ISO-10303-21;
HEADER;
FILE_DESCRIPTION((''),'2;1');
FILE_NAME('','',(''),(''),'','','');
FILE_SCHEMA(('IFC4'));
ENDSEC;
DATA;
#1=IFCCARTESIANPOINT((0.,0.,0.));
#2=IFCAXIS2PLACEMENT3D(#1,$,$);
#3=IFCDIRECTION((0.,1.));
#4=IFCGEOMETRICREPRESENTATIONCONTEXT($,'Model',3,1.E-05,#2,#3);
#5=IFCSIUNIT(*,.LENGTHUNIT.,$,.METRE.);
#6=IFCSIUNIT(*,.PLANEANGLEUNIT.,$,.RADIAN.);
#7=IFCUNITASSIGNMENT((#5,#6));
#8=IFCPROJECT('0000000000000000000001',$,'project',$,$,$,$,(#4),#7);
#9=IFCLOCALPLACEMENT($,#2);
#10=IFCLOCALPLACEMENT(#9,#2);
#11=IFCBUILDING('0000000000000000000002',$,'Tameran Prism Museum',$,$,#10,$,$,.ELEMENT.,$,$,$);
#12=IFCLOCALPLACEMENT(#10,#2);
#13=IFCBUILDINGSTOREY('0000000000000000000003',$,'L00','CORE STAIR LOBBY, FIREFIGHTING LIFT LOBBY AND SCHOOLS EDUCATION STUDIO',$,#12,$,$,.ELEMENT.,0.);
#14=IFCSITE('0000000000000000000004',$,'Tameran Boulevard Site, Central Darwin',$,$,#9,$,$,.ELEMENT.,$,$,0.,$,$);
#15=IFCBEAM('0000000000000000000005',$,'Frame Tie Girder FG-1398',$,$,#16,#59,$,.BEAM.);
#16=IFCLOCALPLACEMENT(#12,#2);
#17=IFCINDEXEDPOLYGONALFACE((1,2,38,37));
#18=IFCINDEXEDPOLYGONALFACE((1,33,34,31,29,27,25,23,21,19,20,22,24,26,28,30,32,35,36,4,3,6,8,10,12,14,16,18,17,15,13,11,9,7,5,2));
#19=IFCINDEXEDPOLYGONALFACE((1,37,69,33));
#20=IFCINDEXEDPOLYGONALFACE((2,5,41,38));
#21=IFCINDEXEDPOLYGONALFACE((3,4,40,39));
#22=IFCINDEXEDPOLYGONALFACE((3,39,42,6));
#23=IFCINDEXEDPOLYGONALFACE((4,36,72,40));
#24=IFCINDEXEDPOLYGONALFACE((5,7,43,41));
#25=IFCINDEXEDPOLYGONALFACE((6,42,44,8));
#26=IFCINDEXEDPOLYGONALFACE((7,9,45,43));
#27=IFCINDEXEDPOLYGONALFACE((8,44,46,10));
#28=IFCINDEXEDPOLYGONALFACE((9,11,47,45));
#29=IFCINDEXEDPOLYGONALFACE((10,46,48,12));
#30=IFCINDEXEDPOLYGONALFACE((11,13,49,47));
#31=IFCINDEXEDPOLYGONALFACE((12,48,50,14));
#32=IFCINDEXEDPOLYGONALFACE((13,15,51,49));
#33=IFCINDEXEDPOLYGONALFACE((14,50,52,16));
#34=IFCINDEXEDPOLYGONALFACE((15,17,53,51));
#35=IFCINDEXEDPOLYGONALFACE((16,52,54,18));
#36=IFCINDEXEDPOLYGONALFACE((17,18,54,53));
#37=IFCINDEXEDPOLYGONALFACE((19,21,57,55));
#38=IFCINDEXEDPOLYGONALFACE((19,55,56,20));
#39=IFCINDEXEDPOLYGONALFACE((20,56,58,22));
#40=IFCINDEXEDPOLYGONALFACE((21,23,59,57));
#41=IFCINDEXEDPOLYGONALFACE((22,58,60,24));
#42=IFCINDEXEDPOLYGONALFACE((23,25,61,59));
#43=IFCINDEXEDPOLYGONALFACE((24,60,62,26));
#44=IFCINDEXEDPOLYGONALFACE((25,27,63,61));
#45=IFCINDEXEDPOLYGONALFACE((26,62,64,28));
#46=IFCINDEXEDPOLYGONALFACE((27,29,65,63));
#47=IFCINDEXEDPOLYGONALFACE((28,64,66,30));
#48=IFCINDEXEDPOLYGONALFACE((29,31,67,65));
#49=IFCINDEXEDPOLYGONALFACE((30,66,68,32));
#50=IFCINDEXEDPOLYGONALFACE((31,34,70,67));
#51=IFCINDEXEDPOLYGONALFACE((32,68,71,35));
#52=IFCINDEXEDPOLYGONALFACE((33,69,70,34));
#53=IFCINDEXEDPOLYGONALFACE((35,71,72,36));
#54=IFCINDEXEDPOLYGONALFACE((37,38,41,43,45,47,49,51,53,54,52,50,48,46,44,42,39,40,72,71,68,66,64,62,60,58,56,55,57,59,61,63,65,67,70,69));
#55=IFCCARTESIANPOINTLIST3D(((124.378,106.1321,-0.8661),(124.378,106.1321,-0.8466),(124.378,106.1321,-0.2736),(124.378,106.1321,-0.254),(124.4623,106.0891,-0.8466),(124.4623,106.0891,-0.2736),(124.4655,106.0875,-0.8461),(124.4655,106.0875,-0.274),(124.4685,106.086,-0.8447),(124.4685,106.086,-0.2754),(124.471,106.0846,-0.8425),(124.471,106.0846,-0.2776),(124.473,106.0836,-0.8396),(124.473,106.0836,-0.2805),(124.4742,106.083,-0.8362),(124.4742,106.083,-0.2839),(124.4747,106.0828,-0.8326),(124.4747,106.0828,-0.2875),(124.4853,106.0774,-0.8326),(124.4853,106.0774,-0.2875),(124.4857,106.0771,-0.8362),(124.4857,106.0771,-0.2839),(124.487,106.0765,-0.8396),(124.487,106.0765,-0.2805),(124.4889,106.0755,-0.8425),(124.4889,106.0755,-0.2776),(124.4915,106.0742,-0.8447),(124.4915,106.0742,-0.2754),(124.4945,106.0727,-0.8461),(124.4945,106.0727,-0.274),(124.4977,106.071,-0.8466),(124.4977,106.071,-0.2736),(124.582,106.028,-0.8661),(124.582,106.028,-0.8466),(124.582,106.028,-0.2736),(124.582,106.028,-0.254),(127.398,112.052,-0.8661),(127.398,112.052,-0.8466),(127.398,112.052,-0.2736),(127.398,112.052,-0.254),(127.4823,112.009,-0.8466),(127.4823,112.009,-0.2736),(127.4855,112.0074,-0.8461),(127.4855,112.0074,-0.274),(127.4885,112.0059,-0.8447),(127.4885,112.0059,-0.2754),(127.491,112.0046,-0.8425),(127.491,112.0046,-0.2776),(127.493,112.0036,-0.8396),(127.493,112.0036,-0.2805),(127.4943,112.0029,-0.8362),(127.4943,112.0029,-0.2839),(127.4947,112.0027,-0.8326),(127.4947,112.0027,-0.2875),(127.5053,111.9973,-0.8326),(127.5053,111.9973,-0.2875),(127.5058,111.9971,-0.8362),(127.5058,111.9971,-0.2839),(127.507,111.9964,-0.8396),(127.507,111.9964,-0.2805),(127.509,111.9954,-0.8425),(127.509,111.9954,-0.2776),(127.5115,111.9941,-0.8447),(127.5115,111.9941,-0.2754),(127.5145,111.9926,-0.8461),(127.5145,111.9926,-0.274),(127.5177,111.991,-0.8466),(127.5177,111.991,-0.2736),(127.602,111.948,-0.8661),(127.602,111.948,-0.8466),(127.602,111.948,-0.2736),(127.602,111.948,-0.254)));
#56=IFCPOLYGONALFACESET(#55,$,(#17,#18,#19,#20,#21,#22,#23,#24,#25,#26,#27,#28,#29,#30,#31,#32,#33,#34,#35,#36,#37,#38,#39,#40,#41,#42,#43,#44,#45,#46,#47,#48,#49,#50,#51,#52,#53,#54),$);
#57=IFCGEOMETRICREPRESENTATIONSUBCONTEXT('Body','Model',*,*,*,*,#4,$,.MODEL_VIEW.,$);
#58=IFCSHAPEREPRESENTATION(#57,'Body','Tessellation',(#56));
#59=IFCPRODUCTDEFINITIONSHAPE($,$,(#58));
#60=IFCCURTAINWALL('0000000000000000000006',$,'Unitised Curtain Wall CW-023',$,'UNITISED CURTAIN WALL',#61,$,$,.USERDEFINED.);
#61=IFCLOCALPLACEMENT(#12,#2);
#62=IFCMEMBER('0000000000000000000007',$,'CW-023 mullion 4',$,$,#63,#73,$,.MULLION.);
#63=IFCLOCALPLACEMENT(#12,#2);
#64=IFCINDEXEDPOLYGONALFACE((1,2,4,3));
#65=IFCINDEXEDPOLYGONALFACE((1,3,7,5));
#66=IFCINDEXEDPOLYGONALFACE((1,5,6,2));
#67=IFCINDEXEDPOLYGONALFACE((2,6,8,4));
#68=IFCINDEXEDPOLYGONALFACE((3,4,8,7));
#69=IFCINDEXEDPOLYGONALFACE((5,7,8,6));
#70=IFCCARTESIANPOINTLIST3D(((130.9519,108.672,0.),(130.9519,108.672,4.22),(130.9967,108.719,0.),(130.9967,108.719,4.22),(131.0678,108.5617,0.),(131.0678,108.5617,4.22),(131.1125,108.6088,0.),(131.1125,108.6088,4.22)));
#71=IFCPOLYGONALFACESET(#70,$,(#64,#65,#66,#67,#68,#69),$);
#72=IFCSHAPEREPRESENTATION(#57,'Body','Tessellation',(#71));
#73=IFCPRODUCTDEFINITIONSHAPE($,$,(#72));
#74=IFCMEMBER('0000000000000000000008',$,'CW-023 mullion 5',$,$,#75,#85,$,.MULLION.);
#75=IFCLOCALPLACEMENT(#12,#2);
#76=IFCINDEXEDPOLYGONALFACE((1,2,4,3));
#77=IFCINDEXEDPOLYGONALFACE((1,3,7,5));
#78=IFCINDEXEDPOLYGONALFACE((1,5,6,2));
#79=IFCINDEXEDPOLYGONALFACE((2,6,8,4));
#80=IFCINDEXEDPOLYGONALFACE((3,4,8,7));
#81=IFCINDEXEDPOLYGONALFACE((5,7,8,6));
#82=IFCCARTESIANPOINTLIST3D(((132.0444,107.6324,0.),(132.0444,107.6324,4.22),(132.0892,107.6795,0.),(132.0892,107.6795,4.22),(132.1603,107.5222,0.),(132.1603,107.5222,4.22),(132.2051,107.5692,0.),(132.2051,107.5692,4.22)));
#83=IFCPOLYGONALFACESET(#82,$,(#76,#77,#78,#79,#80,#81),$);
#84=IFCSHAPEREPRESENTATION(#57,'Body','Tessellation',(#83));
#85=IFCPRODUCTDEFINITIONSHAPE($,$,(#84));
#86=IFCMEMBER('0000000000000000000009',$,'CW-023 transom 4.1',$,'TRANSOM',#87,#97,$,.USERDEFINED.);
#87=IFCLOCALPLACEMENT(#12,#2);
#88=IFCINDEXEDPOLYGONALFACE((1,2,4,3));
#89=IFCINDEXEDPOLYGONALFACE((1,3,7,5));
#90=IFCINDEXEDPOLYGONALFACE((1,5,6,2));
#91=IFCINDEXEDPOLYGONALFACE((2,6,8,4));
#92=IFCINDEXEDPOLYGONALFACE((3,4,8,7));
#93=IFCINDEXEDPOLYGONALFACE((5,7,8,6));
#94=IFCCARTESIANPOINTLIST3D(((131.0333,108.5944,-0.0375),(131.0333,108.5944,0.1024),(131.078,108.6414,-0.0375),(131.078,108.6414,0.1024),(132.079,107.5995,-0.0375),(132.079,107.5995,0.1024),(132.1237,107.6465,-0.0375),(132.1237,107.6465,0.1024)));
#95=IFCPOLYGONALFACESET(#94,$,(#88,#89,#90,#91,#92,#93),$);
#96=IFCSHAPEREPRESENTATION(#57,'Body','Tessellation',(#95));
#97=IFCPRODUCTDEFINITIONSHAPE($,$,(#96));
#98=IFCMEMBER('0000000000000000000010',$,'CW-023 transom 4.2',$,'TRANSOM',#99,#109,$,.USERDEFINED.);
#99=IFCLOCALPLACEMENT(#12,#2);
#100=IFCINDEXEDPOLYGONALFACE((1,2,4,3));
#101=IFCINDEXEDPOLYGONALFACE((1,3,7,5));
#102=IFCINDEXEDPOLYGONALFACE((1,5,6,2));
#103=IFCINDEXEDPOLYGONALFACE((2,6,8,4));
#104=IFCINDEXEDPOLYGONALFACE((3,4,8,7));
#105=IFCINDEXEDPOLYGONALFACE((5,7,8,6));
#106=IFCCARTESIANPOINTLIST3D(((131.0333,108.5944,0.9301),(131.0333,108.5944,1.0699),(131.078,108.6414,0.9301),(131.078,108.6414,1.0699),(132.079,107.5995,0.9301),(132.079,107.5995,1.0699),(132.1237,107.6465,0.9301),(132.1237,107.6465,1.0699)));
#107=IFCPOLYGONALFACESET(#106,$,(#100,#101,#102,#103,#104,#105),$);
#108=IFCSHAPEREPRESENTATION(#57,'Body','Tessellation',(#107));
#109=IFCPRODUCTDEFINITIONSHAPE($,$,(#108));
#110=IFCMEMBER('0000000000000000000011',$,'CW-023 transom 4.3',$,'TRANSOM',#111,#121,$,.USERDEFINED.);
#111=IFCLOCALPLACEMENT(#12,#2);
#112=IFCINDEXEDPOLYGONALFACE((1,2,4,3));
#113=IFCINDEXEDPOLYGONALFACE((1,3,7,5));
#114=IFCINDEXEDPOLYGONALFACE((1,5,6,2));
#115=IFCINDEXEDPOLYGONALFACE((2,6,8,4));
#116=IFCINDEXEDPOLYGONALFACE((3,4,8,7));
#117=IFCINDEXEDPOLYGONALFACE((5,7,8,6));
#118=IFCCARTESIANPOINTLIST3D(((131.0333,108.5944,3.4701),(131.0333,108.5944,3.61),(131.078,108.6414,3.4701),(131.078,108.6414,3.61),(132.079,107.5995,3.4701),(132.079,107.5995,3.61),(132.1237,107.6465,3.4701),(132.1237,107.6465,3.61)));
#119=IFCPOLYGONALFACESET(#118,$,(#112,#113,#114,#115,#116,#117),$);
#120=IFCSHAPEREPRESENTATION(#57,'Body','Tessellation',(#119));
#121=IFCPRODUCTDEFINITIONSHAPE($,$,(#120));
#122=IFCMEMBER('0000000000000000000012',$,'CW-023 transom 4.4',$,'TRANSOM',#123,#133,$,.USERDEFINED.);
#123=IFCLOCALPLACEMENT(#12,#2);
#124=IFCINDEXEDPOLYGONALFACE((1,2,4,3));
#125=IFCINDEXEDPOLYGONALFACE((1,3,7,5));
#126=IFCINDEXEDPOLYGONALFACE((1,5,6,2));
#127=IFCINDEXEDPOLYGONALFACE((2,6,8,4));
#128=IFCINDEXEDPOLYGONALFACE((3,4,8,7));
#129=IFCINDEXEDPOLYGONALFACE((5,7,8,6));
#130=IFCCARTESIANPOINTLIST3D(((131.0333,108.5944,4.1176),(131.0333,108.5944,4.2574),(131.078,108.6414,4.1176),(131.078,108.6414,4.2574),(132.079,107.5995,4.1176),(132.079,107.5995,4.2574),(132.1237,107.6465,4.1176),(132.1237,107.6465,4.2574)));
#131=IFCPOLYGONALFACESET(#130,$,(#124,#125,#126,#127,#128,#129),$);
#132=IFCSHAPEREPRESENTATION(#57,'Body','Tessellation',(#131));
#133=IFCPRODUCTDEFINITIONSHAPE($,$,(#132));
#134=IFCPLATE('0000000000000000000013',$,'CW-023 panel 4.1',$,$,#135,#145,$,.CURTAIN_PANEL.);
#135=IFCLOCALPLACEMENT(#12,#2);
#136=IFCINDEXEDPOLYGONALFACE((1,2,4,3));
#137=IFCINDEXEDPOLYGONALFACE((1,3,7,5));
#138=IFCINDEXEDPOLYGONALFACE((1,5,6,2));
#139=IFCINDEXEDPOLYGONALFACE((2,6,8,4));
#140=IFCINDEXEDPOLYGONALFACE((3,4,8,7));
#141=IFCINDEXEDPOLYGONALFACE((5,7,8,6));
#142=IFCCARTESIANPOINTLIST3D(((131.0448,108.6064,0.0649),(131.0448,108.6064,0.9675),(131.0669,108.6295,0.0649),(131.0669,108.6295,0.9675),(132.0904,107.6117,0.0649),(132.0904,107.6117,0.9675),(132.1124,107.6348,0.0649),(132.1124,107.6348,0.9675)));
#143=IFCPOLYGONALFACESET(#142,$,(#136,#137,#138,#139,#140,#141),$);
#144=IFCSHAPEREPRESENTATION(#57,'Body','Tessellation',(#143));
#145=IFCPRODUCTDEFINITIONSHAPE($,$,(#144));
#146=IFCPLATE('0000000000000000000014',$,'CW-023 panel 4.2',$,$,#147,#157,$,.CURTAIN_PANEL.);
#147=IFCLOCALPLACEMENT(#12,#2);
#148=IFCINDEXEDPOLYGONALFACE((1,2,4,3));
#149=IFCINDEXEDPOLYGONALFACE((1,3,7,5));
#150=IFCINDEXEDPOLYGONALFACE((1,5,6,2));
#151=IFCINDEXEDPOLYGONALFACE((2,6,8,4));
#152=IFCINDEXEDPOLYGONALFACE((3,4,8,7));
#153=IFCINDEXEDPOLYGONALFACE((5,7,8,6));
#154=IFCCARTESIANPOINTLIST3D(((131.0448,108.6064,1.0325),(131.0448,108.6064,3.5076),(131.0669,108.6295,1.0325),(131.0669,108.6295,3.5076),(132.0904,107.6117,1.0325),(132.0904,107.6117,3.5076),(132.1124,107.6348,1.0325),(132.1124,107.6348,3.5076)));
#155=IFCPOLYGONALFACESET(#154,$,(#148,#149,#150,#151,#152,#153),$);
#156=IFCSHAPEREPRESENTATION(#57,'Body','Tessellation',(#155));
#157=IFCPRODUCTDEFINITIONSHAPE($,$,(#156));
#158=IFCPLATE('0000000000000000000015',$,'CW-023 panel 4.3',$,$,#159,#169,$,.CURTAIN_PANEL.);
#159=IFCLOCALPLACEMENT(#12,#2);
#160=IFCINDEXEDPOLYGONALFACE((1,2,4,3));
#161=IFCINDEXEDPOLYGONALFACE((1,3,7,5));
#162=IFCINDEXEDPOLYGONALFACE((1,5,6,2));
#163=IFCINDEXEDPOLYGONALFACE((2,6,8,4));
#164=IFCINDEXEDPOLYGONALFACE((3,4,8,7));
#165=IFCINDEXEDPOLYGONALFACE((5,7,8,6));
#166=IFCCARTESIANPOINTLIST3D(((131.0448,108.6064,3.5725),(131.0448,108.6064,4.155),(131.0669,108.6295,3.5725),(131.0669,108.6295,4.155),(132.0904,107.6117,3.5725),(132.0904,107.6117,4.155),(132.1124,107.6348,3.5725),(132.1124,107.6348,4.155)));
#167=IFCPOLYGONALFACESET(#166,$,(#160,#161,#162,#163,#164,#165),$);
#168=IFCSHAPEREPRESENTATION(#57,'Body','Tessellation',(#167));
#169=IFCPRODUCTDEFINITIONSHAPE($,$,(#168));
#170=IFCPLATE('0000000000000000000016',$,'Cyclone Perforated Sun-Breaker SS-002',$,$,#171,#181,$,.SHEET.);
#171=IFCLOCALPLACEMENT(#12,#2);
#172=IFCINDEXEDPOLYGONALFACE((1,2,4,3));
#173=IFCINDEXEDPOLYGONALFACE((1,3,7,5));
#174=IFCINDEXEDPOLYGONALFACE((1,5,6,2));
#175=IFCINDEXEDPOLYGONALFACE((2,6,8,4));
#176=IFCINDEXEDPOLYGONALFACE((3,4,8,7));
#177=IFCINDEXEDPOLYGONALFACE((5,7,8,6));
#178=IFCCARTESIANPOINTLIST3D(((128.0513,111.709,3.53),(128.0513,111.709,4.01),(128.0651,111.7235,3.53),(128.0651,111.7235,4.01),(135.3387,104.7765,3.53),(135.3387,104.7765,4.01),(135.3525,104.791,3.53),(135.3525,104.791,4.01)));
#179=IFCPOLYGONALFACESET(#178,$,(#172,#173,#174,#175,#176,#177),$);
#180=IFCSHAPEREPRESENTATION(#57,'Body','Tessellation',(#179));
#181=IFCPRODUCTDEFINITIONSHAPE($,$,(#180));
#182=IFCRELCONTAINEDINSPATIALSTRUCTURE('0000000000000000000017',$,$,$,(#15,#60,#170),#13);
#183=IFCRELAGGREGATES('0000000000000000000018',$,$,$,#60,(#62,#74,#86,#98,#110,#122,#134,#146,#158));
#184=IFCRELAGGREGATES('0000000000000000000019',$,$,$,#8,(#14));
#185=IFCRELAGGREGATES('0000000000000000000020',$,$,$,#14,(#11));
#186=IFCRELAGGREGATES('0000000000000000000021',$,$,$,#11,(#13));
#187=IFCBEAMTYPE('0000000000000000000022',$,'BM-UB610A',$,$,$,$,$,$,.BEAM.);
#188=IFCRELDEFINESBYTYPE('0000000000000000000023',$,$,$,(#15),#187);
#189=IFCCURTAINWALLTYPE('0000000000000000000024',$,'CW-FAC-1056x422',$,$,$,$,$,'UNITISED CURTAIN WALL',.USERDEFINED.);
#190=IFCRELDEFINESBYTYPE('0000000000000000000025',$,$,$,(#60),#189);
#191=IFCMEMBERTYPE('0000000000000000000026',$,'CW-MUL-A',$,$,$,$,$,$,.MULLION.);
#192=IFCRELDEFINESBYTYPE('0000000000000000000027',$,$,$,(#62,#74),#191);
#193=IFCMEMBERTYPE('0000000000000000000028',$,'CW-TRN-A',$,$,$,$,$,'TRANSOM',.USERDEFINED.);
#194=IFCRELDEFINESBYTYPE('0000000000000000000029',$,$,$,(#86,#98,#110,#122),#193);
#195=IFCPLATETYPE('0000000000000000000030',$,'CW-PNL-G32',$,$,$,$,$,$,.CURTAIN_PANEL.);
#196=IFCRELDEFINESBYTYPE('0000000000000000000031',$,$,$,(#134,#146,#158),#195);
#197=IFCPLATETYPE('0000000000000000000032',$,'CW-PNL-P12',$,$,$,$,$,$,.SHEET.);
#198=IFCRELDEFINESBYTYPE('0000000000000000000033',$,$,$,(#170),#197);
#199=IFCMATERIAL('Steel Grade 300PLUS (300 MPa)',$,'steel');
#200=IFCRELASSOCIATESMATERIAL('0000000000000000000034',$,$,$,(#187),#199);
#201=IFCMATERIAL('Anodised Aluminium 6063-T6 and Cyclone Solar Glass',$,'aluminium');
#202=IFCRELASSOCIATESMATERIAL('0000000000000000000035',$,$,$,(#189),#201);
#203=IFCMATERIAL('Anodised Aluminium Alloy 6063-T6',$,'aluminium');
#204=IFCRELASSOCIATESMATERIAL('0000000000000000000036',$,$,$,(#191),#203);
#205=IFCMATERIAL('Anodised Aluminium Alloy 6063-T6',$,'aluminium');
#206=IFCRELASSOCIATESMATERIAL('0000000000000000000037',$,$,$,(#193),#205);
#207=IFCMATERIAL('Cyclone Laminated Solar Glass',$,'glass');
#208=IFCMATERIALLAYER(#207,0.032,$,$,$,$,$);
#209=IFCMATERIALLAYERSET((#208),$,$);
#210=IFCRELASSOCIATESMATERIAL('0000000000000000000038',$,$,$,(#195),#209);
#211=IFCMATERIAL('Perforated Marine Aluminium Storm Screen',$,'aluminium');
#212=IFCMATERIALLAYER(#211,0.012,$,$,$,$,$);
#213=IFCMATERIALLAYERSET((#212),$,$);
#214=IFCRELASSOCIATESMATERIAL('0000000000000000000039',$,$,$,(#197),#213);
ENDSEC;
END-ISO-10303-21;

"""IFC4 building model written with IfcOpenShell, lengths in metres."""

from ifc_helpers import new_model, si_unit, direction, frame, origin, origin_2d, place, context, subcontext, project, spatial, rectangle, i_section, extrude, material, layer, layer_set, material_profile, profile_set, type_object, element, aggregate, save


model = new_model("IFC4")

# Units and contexts
model_context = context("Model", 3, precision=1e-05, world=origin(), true_north=direction((0.0, 1.0)))
body_context = subcontext(model_context, "Body", "Model", "MODEL_VIEW")
ifc_project = project(units=[si_unit("LENGTHUNIT", "METRE"), si_unit("PLANEANGLEUNIT", "RADIAN")], contexts=[model_context])

# Site, building, storey
site_placement = place(None, origin())
site = spatial("IfcSite", under=ifc_project, at=site_placement, Name="Tameran Boulevard Site, Central Darwin", CompositionType="ELEMENT", RefElevation=0.0)
building_placement = place(site_placement, origin())
building = spatial("IfcBuilding", under=site, at=building_placement, Name="Tameran Prism Museum", CompositionType="ELEMENT")
storey_placement = place(building_placement, origin())
storey = spatial("IfcBuildingStorey", under=building, at=storey_placement, Name="L00", Description="CORE STAIR LOBBY, FIREFIGHTING LIFT LOBBY AND SCHOOLS EDUCATION STUDIO", CompositionType="ELEMENT", Elevation=0.0)

# Beam
ifc_material_1 = material(Name="Steel Grade 300PLUS (300 MPa)", Category="steel")
ifc_material_profile_1 = material_profile(ifc_material_1, i_section(OverallWidth=0.229, OverallDepth=0.6121, WebThickness=0.012, FlangeThickness=0.0195, FilletRadius=0.0139, at=origin_2d()))
ifc_profile_set_1 = profile_set([ifc_material_profile_1])
beam_type_1 = type_object("IfcBeamType", Name="BM-UB610A", PredefinedType="BEAM", material=ifc_profile_set_1)
beam_1_placement = place(storey_placement, frame((124.48, 106.0801, -0.5601), z_axis=(0.454429, 0.890783, 0.0), x_axis=(-0.890783, 0.454429, 0.0)))
element("IfcBeam", 1, at=beam_1_placement, inside=storey, type_object=beam_type_1, Name="Frame Tie Girder FG-1398", PredefinedType="BEAM", context=body_context, shape_type="SweptSolid", body=[
    extrude(i_section(OverallWidth=0.229, OverallDepth=0.6121, WebThickness=0.012, FlangeThickness=0.0195, FilletRadius=0.0139, at=origin_2d()), origin(), (0.0, 0.0, 1.0), 6.6458),
])

# Curtain wall, members, plates
ifc_material_2 = material(Name="Anodised Aluminium 6063-T6 and Cyclone Solar Glass", Category="aluminium")
curtain_wall_type = type_object("IfcCurtainWallType", Name="CW-FAC-1056x422", ElementType="UNITISED CURTAIN WALL", PredefinedType="USERDEFINED", material=ifc_material_2)
curtain_wall_placement = place(storey_placement, origin())
curtain_wall = element("IfcCurtainWall", 2, at=curtain_wall_placement, inside=storey, type_object=curtain_wall_type, Name="Unitised Curtain Wall CW-023", ObjectType="UNITISED CURTAIN WALL", PredefinedType="USERDEFINED")
ifc_material_3 = material(Name="Anodised Aluminium Alloy 6063-T6", Category="aluminium")
ifc_material_profile_2 = material_profile(ifc_material_3, rectangle(XDim=0.0649, YDim=0.1599, at=origin_2d()))
ifc_profile_set_2 = profile_set([ifc_material_profile_2])
member_type_1 = type_object("IfcMemberType", Name="CW-MUL-A", PredefinedType="MULLION", material=ifc_profile_set_2)
member_1_placement = place(storey_placement, frame((131.0322, 108.6404, 0.0), z_axis=(0.0, 0.0, 1.0), x_axis=(0.68927, 0.724505, 0.0)))
member_1 = element("IfcMember", 3, at=member_1_placement, type_object=member_type_1, Name="CW-023 mullion 4", PredefinedType="MULLION", context=body_context, shape_type="SweptSolid", body=[
    extrude(rectangle(XDim=0.0649, YDim=0.1599, at=origin_2d()), origin(), (0.0, 0.0, 1.0), 4.22),
])
member_2_placement = place(storey_placement, frame((132.1248, 107.6008, 0.0), z_axis=(0.0, 0.0, 1.0), x_axis=(0.68927, 0.724505, 0.0)))
member_2 = element("IfcMember", 4, at=member_2_placement, type_object=member_type_1, Name="CW-023 mullion 5", PredefinedType="MULLION", context=body_context, shape_type="SweptSolid", body=[
    extrude(rectangle(XDim=0.0649, YDim=0.1599, at=origin_2d()), origin(), (0.0, 0.0, 1.0), 4.22),
])
ifc_material_4 = material(Name="Anodised Aluminium Alloy 6063-T6", Category="aluminium")
ifc_material_profile_3 = material_profile(ifc_material_4, rectangle(XDim=0.0649, YDim=0.1399, at=origin_2d()))
ifc_profile_set_3 = profile_set([ifc_material_profile_3])
member_type_2 = type_object("IfcMemberType", Name="CW-TRN-A", ElementType="TRANSOM", PredefinedType="USERDEFINED", material=ifc_profile_set_3)
member_3_placement = place(storey_placement, frame((131.0557, 108.6179, 0.0325), z_axis=(0.72448, -0.689296, 0.0), x_axis=(0.689296, 0.72448, 0.0)))
member_3 = element("IfcMember", 5, at=member_3_placement, type_object=member_type_2, Name="CW-023 transom 4.1", ObjectType="TRANSOM", PredefinedType="USERDEFINED", context=body_context, shape_type="SweptSolid", body=[
    extrude(rectangle(XDim=0.0649, YDim=0.1399, at=origin_2d()), origin(), (0.0, 0.0, 1.0), 1.4434),
])
member_4_placement = place(storey_placement, frame((131.0557, 108.6179, 1.0), z_axis=(0.72448, -0.689296, 0.0), x_axis=(0.689296, 0.72448, 0.0)))
member_4 = element("IfcMember", 6, at=member_4_placement, type_object=member_type_2, Name="CW-023 transom 4.2", ObjectType="TRANSOM", PredefinedType="USERDEFINED", context=body_context, shape_type="SweptSolid", body=[
    extrude(rectangle(XDim=0.0649, YDim=0.1399, at=origin_2d()), origin(), (0.0, 0.0, 1.0), 1.4434),
])
member_5_placement = place(storey_placement, frame((131.0557, 108.6179, 3.54), z_axis=(0.72448, -0.689296, 0.0), x_axis=(0.689296, 0.72448, 0.0)))
member_5 = element("IfcMember", 7, at=member_5_placement, type_object=member_type_2, Name="CW-023 transom 4.3", ObjectType="TRANSOM", PredefinedType="USERDEFINED", context=body_context, shape_type="SweptSolid", body=[
    extrude(rectangle(XDim=0.0649, YDim=0.1399, at=origin_2d()), origin(), (0.0, 0.0, 1.0), 1.4434),
])
member_6_placement = place(storey_placement, frame((131.0557, 108.6179, 4.1875), z_axis=(0.72448, -0.689296, 0.0), x_axis=(0.689296, 0.72448, 0.0)))
member_6 = element("IfcMember", 8, at=member_6_placement, type_object=member_type_2, Name="CW-023 transom 4.4", ObjectType="TRANSOM", PredefinedType="USERDEFINED", context=body_context, shape_type="SweptSolid", body=[
    extrude(rectangle(XDim=0.0649, YDim=0.1399, at=origin_2d()), origin(), (0.0, 0.0, 1.0), 1.4434),
])
ifc_material_5 = material(Name="Cyclone Laminated Solar Glass", Category="glass")
ifc_layer_1 = layer(ifc_material_5, 0.032)
ifc_layer_set_1 = layer_set([ifc_layer_1])
plate_type_1 = type_object("IfcPlateType", Name="CW-PNL-G32", PredefinedType="CURTAIN_PANEL", material=ifc_layer_set_1)
plate_1_placement = place(storey_placement, frame((131.5786, 108.1206, 0.0649), z_axis=(0.0, 0.0, 1.0), x_axis=(0.724505, -0.68927, 0.0)))
plate_1 = element("IfcPlate", 9, at=plate_1_placement, type_object=plate_type_1, Name="CW-023 panel 4.1", PredefinedType="CURTAIN_PANEL", context=body_context, shape_type="SweptSolid", body=[
    extrude(rectangle(XDim=1.4431, YDim=0.032, at=origin_2d()), origin(), (0.0, 0.0, 1.0), 0.9026),
])
plate_2_placement = place(storey_placement, frame((131.5786, 108.1206, 1.0325), z_axis=(0.0, 0.0, 1.0), x_axis=(0.724505, -0.68927, 0.0)))
plate_2 = element("IfcPlate", 10, at=plate_2_placement, type_object=plate_type_1, Name="CW-023 panel 4.2", PredefinedType="CURTAIN_PANEL", context=body_context, shape_type="SweptSolid", body=[
    extrude(rectangle(XDim=1.4431, YDim=0.032, at=origin_2d()), origin(), (0.0, 0.0, 1.0), 2.4751),
])
plate_3_placement = place(storey_placement, frame((131.5786, 108.1206, 3.5725), z_axis=(0.0, 0.0, 1.0), x_axis=(0.724505, -0.68927, 0.0)))
plate_3 = element("IfcPlate", 11, at=plate_3_placement, type_object=plate_type_1, Name="CW-023 panel 4.3", PredefinedType="CURTAIN_PANEL", context=body_context, shape_type="SweptSolid", body=[
    extrude(rectangle(XDim=1.4431, YDim=0.032, at=origin_2d()), origin(), (0.0, 0.0, 1.0), 0.5825),
])
aggregate(curtain_wall, [member_1, member_2, member_3, member_4, member_5, member_6, plate_1, plate_2, plate_3])

# Plate
ifc_material_6 = material(Name="Perforated Marine Aluminium Storm Screen", Category="aluminium")
ifc_layer_2 = layer(ifc_material_6, 0.012)
ifc_layer_set_2 = layer_set([ifc_layer_2])
plate_type_2 = type_object("IfcPlateType", Name="CW-PNL-P12", PredefinedType="SHEET", material=ifc_layer_set_2)
plate_4_placement = place(storey_placement, frame((131.7019, 108.25, 3.53), z_axis=(0.0, 0.0, 1.0), x_axis=(0.724533, -0.68924, 0.0)))
element("IfcPlate", 12, at=plate_4_placement, inside=storey, type_object=plate_type_2, Name="Cyclone Perforated Sun-Breaker SS-002", PredefinedType="SHEET", context=body_context, shape_type="SweptSolid", body=[
    extrude(rectangle(XDim=10.0581, YDim=0.02, at=origin_2d()), origin(), (0.0, 0.0, 1.0), 0.48),
])

save(model, "model.ifc")
